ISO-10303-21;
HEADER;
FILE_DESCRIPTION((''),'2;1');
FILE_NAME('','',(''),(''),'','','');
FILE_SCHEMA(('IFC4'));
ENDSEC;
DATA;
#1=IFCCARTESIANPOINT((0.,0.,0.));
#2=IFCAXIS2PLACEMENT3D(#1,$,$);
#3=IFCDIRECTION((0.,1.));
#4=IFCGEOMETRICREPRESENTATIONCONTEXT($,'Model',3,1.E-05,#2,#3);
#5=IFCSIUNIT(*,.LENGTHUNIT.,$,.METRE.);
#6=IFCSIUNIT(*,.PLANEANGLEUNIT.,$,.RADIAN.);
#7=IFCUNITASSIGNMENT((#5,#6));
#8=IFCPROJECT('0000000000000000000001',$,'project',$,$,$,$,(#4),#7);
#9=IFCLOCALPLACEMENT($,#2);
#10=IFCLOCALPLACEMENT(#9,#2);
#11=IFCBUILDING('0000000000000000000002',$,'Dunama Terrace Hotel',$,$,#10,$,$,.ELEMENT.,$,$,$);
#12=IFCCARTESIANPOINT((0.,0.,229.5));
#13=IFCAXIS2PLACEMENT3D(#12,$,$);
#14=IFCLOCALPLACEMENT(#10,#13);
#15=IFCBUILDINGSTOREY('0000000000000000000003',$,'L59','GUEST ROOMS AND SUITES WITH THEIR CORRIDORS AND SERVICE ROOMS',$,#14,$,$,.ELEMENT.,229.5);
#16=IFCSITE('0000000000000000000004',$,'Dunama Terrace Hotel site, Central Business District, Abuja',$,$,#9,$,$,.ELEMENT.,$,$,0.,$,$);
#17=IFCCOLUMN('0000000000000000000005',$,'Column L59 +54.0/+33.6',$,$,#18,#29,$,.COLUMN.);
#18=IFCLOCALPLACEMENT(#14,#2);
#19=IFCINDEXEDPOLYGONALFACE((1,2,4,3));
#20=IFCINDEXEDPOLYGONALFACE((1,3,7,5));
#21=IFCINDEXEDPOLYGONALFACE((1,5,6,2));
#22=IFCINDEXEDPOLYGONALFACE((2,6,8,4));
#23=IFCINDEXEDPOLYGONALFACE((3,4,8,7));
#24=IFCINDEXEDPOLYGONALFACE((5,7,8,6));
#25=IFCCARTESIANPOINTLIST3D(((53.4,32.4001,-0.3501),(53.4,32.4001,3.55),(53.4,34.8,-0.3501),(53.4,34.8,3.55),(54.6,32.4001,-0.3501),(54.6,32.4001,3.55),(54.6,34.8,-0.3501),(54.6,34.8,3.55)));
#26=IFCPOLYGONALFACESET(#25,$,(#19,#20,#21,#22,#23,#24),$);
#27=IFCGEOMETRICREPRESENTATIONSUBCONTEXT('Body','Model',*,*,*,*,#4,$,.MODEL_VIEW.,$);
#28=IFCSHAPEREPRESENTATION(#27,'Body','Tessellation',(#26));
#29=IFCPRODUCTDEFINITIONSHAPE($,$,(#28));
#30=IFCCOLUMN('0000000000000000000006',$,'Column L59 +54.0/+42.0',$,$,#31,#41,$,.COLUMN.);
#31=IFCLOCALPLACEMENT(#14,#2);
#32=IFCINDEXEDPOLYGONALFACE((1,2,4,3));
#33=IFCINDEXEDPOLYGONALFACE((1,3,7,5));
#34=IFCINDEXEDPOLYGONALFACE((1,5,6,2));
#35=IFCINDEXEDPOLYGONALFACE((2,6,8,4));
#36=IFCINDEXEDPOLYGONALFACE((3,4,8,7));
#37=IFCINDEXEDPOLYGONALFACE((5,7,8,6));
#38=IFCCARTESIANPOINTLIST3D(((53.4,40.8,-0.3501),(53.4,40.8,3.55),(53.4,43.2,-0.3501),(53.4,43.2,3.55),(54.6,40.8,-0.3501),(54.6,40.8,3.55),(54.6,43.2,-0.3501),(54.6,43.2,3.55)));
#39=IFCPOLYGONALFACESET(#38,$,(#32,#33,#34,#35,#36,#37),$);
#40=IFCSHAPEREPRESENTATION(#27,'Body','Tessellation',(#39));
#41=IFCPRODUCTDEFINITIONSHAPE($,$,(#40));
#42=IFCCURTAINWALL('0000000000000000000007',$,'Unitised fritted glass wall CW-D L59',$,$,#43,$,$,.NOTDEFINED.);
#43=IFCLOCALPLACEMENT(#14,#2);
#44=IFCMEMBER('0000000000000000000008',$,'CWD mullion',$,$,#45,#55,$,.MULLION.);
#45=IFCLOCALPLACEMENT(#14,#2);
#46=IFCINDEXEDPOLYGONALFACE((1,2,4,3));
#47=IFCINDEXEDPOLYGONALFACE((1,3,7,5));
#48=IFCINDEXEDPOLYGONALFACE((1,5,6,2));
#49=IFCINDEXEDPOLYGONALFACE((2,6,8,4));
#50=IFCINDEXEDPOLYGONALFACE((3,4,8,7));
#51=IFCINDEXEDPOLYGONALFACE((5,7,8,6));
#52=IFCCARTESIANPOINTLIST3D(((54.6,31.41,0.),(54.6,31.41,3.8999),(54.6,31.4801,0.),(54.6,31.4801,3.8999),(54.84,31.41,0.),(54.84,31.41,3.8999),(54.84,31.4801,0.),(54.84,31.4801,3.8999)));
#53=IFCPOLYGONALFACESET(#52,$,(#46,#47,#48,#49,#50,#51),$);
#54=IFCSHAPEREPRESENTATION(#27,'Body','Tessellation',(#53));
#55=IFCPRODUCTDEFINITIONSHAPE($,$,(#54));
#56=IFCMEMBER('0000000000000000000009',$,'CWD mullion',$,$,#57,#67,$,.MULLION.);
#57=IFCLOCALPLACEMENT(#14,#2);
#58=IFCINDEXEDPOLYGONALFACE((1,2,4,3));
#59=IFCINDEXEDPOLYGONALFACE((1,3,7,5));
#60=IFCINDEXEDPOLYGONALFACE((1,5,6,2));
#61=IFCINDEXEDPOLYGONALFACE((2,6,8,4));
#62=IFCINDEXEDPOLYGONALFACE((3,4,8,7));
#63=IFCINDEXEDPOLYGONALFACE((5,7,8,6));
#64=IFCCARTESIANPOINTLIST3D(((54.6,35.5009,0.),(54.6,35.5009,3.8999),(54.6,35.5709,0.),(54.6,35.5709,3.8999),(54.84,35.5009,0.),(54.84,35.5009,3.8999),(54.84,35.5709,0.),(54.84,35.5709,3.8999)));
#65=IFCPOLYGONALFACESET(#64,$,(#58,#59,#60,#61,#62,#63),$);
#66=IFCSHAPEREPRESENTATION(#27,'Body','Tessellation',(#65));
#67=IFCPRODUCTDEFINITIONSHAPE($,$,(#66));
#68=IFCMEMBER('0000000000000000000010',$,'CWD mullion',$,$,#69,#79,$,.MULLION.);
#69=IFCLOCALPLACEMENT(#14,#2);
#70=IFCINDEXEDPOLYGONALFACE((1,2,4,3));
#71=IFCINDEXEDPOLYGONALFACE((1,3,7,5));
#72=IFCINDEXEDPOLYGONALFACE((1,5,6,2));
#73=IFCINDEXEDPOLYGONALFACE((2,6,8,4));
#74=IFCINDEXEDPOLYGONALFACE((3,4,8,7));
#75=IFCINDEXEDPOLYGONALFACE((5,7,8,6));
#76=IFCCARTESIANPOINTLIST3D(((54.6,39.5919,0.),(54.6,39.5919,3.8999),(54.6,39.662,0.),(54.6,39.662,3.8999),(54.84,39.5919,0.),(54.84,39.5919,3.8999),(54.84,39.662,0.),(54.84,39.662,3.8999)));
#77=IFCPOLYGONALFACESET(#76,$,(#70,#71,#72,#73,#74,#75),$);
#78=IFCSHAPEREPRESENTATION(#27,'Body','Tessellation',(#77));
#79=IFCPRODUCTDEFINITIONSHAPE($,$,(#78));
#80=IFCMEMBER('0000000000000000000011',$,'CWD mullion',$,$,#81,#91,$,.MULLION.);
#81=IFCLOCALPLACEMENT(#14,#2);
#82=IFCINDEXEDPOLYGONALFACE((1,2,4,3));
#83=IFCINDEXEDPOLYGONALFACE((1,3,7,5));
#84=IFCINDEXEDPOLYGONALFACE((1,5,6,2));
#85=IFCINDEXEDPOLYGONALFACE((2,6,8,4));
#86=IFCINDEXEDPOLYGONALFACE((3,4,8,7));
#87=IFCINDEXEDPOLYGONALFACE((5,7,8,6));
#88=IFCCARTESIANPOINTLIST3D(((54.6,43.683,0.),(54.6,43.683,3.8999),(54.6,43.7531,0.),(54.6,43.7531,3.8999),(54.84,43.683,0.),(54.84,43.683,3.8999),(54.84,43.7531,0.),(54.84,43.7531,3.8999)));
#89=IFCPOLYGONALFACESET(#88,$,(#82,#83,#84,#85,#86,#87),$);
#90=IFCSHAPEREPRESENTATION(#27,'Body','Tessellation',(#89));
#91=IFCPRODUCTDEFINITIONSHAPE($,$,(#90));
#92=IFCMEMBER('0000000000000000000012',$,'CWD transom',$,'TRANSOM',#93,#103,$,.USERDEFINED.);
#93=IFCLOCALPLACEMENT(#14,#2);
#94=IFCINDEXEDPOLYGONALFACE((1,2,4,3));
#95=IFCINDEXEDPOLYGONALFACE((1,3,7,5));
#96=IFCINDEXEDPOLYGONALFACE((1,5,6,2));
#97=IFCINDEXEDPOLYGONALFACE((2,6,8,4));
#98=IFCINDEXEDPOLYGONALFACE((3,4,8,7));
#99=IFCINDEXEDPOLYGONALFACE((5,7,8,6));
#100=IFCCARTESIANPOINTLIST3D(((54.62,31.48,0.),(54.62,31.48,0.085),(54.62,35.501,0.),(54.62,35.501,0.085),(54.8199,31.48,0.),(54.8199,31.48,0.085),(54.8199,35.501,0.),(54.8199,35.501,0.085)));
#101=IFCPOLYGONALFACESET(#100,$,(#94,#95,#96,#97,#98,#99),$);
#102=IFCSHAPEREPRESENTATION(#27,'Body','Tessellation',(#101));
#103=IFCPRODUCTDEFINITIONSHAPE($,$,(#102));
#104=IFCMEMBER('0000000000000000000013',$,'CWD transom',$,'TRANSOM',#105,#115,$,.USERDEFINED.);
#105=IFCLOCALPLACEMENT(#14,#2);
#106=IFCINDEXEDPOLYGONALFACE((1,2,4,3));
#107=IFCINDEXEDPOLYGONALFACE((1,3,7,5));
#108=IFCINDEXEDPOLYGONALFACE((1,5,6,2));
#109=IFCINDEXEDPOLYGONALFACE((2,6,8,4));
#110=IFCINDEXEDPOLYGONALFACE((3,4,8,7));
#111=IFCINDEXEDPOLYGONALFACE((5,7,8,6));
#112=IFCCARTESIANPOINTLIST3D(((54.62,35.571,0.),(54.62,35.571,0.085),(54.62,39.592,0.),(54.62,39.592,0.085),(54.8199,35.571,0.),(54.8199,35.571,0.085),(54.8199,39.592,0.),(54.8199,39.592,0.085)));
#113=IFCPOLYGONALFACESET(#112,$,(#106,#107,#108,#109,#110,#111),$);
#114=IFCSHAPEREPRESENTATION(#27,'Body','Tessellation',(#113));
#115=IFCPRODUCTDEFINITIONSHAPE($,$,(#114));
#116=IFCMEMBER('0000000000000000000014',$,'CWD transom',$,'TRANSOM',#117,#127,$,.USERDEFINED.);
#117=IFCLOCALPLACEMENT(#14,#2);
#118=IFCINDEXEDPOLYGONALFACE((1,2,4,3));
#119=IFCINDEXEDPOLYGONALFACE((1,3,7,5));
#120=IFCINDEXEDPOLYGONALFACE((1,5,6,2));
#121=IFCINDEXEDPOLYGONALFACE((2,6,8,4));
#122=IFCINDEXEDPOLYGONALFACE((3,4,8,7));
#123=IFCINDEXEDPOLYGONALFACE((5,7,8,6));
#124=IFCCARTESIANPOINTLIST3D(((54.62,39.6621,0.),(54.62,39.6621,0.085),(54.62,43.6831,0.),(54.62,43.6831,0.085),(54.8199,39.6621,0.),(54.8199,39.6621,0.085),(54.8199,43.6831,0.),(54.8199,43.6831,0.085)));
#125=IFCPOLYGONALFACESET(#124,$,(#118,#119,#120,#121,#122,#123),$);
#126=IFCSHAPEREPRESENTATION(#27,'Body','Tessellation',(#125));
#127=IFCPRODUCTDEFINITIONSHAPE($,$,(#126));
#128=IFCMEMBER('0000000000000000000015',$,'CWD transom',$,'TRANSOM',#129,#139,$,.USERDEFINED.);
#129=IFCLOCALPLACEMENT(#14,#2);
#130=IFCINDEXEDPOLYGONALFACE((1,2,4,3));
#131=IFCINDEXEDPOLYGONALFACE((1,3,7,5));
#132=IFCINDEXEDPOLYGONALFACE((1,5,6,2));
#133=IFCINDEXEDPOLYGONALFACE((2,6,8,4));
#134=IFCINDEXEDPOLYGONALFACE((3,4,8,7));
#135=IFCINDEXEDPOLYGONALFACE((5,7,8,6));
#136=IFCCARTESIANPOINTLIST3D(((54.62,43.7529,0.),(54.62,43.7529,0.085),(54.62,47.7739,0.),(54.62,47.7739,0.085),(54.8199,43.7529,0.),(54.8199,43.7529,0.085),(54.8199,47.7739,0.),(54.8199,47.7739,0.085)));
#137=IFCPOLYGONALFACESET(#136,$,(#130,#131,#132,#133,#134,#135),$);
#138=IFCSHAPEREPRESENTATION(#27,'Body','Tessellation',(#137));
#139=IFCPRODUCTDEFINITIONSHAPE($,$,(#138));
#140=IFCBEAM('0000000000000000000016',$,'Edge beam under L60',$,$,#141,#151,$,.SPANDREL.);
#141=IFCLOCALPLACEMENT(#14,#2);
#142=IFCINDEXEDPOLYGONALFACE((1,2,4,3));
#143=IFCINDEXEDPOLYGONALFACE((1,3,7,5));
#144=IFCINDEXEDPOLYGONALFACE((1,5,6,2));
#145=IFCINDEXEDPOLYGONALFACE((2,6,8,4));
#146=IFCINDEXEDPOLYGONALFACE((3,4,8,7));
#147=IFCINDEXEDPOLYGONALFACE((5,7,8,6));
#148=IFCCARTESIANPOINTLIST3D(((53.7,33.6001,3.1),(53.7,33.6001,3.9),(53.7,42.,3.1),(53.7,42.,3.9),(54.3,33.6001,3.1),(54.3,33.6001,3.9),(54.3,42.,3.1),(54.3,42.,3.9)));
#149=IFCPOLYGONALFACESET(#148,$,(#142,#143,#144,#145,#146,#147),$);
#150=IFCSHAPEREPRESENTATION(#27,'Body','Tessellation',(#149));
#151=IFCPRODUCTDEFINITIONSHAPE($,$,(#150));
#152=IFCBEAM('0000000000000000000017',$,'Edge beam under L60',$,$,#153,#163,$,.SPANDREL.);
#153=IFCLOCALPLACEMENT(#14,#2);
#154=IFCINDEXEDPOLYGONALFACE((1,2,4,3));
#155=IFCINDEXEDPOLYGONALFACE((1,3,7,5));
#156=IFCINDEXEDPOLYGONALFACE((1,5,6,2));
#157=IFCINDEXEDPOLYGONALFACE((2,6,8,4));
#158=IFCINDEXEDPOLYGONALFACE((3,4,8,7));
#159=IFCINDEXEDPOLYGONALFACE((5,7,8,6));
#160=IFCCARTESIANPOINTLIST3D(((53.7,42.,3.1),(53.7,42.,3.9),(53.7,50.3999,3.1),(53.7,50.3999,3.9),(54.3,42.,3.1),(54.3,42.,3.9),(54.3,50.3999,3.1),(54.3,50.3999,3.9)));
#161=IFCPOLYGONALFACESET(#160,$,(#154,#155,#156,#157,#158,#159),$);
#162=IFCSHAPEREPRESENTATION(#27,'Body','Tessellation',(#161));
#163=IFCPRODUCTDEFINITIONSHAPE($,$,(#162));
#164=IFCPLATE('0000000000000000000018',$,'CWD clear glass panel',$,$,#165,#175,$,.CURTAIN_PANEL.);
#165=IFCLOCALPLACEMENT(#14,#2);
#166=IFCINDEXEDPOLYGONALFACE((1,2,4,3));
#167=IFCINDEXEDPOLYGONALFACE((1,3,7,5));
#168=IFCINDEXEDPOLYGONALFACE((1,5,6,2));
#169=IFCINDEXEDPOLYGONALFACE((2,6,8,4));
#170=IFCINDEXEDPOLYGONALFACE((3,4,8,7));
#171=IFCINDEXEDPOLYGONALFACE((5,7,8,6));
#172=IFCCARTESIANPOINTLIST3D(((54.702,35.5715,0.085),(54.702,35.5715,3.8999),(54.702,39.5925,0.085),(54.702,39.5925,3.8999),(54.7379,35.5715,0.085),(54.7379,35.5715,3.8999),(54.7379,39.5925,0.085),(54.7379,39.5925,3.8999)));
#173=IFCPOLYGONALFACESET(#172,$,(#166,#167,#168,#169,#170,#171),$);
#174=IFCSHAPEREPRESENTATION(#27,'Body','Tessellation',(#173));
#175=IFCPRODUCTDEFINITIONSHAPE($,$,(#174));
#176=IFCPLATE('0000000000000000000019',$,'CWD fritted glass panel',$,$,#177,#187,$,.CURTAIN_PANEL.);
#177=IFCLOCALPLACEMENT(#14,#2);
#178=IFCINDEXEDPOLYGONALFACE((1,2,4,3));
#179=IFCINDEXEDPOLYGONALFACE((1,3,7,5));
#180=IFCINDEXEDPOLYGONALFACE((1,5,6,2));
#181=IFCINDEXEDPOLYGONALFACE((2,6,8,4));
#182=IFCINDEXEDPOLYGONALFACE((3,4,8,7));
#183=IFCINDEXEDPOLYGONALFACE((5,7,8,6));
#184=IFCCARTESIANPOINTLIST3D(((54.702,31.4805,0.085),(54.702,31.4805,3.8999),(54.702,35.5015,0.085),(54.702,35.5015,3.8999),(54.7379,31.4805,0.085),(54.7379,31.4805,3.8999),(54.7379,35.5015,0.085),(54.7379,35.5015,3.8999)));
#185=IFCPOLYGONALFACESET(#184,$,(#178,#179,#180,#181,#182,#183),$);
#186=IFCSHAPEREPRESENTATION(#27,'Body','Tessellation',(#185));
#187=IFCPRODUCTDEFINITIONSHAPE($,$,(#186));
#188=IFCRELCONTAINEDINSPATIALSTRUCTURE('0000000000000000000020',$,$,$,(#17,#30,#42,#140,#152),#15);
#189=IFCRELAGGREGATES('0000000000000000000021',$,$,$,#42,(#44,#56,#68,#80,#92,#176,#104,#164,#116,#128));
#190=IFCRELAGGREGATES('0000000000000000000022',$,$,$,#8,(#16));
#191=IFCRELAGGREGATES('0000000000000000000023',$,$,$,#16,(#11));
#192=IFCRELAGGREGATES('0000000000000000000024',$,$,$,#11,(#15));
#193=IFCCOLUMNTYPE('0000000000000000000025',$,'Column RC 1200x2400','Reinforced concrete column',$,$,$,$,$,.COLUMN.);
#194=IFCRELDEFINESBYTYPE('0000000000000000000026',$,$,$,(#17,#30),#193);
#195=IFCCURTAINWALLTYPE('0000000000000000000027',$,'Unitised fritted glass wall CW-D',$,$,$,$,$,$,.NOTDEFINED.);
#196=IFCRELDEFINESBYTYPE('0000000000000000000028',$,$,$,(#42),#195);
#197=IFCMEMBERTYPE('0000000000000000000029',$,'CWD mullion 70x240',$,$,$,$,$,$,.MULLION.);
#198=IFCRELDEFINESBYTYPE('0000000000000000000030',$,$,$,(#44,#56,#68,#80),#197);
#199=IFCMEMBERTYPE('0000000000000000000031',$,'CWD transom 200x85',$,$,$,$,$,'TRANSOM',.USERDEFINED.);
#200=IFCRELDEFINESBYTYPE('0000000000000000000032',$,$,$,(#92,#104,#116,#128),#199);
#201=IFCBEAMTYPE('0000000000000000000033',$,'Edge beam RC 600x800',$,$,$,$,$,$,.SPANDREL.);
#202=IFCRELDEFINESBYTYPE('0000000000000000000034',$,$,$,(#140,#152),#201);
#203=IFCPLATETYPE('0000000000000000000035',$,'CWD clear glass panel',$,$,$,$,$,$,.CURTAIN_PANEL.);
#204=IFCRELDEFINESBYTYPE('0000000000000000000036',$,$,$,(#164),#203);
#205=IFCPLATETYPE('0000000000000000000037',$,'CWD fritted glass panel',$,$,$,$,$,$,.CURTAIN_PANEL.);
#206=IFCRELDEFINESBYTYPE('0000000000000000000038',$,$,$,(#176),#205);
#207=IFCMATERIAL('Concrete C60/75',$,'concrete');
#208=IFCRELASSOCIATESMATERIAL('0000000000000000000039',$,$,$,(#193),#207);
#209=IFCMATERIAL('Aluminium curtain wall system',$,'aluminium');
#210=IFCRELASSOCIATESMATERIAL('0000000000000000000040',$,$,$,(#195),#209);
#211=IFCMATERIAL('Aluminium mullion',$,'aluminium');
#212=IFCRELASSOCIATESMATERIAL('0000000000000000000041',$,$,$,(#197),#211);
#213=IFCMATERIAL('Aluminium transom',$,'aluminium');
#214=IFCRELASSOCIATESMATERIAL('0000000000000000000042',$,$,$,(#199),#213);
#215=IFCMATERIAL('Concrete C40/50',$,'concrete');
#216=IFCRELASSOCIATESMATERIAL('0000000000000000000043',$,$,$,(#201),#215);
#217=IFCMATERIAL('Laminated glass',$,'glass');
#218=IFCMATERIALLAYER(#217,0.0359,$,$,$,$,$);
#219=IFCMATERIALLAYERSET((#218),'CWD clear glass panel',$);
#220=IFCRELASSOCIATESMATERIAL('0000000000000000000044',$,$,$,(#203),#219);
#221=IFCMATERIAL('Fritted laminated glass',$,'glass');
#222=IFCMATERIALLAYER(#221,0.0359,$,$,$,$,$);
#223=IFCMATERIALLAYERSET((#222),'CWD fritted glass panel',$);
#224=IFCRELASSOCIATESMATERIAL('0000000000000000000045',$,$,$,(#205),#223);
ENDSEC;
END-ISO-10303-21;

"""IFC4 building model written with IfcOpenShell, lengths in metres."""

from ifc_helpers import new_model, si_unit, direction, frame, origin, origin_2d, place, context, subcontext, project, spatial, rectangle, extrude, material, layer, layer_set, material_profile, profile_set, type_object, element, aggregate, save


model = new_model("IFC4")

# Units and contexts
model_context = context("Model", 3, precision=1e-05, world=origin(), true_north=direction((0.0, 1.0)))
body_context = subcontext(model_context, "Body", "Model", "MODEL_VIEW")
ifc_project = project(units=[si_unit("LENGTHUNIT", "METRE"), si_unit("PLANEANGLEUNIT", "RADIAN")], contexts=[model_context])

# Site, building, storey
site_placement = place(None, origin())
site = spatial("IfcSite", under=ifc_project, at=site_placement, Name="Dunama Terrace Hotel site, Central Business District, Abuja", CompositionType="ELEMENT", RefElevation=0.0)
building_placement = place(site_placement, origin())
building = spatial("IfcBuilding", under=site, at=building_placement, Name="Dunama Terrace Hotel", CompositionType="ELEMENT")
storey_placement = place(building_placement, frame((0.0, 0.0, 229.5)))
storey = spatial("IfcBuildingStorey", under=building, at=storey_placement, Name="L59", Description="GUEST ROOMS AND SUITES WITH THEIR CORRIDORS AND SERVICE ROOMS", CompositionType="ELEMENT", Elevation=229.5)

# Columns
ifc_material_1 = material(Name="Concrete C60/75", Category="concrete")
ifc_material_profile_1 = material_profile(ifc_material_1, rectangle(XDim=1.2, YDim=2.3999, at=origin_2d()), Name="RC 1200x2400")
ifc_profile_set_1 = profile_set([ifc_material_profile_1], Name="Concrete C60/75")
column_type = type_object("IfcColumnType", Name="Column RC 1200x2400", Description="Reinforced concrete column", PredefinedType="COLUMN", material=ifc_profile_set_1)
for number, where, z_axis, x_axis, name in (
    (1, (54.0, 33.6001, -0.3501), (0.0, 0.0, 1.0), (1.0, 0.0, 0.0), "Column L59 +54.0/+33.6"),
    (2, (54.0, 42.0, -0.3501), (0.0, 0.0, 1.0), (1.0, 0.0, 0.0), "Column L59 +54.0/+42.0"),
):
    element("IfcColumn", number, at=place(storey_placement, frame(where, z_axis=z_axis, x_axis=x_axis)), inside=storey, type_object=column_type, Name=name, PredefinedType="COLUMN", context=body_context, shape_type="SweptSolid", body=[
        extrude(rectangle(XDim=1.2, YDim=2.3999, at=origin_2d()), origin(), (0.0, 0.0, 1.0), 3.9001),
    ])

# Curtain wall, members
ifc_material_2 = material(Name="Aluminium curtain wall system", Category="aluminium")
curtain_wall_type = type_object("IfcCurtainWallType", Name="Unitised fritted glass wall CW-D", PredefinedType="NOTDEFINED", material=ifc_material_2)
curtain_wall_placement = place(storey_placement, origin())
curtain_wall = element("IfcCurtainWall", 3, at=curtain_wall_placement, inside=storey, type_object=curtain_wall_type, Name="Unitised fritted glass wall CW-D L59", PredefinedType="NOTDEFINED")
ifc_material_3 = material(Name="Aluminium mullion", Category="aluminium")
ifc_material_profile_2 = material_profile(ifc_material_3, rectangle(XDim=0.0701, YDim=0.24, at=origin_2d()), Name="CWD MULLION 70X240")
ifc_profile_set_2 = profile_set([ifc_material_profile_2], Name="Aluminium mullion")
member_type_1 = type_object("IfcMemberType", Name="CWD mullion 70x240", PredefinedType="MULLION", material=ifc_profile_set_2)
member_1_placement = place(storey_placement, frame((54.72, 31.4451, 0.0), z_axis=(0.0, 0.0, 1.0), x_axis=(0.0, 1.0, 0.0)))
member_1 = element("IfcMember", 4, at=member_1_placement, type_object=member_type_1, Name="CWD mullion", PredefinedType="MULLION", context=body_context, shape_type="SweptSolid", body=[
    extrude(rectangle(XDim=0.0701, YDim=0.24, at=origin_2d()), origin(), (0.0, 0.0, 1.0), 3.8999),
])
member_2_placement = place(storey_placement, frame((54.72, 35.5359, 0.0), z_axis=(0.0, 0.0, 1.0), x_axis=(0.0, 1.0, 0.0)))
member_2 = element("IfcMember", 5, at=member_2_placement, type_object=member_type_1, Name="CWD mullion", PredefinedType="MULLION", context=body_context, shape_type="SweptSolid", body=[
    extrude(rectangle(XDim=0.0701, YDim=0.24, at=origin_2d()), origin(), (0.0, 0.0, 1.0), 3.8999),
])
member_3_placement = place(storey_placement, frame((54.72, 39.627, 0.0), z_axis=(0.0, 0.0, 1.0), x_axis=(0.0, 1.0, 0.0)))
member_3 = element("IfcMember", 6, at=member_3_placement, type_object=member_type_1, Name="CWD mullion", PredefinedType="MULLION", context=body_context, shape_type="SweptSolid", body=[
    extrude(rectangle(XDim=0.0701, YDim=0.24, at=origin_2d()), origin(), (0.0, 0.0, 1.0), 3.8999),
])
member_4_placement = place(storey_placement, frame((54.72, 43.718, 0.0), z_axis=(0.0, 0.0, 1.0), x_axis=(0.0, 1.0, 0.0)))
member_4 = element("IfcMember", 7, at=member_4_placement, type_object=member_type_1, Name="CWD mullion", PredefinedType="MULLION", context=body_context, shape_type="SweptSolid", body=[
    extrude(rectangle(XDim=0.0701, YDim=0.24, at=origin_2d()), origin(), (0.0, 0.0, 1.0), 3.8999),
])
ifc_material_4 = material(Name="Aluminium transom", Category="aluminium")
ifc_material_profile_3 = material_profile(ifc_material_4, rectangle(XDim=0.2, YDim=0.085, at=origin_2d()), Name="CWD TRANSOM 200X85")
ifc_profile_set_3 = profile_set([ifc_material_profile_3], Name="Aluminium transom")
member_type_2 = type_object("IfcMemberType", Name="CWD transom 200x85", ElementType="TRANSOM", PredefinedType="USERDEFINED", material=ifc_profile_set_3)
member_5_placement = place(storey_placement, frame((54.72, 31.48, 0.0425), z_axis=(0.0, 1.0, 0.0), x_axis=(-1.0, 0.0, 0.0)))
member_5 = element("IfcMember", 8, at=member_5_placement, type_object=member_type_2, Name="CWD transom", ObjectType="TRANSOM", PredefinedType="USERDEFINED", context=body_context, shape_type="SweptSolid", body=[
    extrude(rectangle(XDim=0.2, YDim=0.085, at=origin_2d()), origin(), (0.0, 0.0, 1.0), 4.021),
])
member_6_placement = place(storey_placement, frame((54.72, 35.571, 0.0425), z_axis=(0.0, 1.0, 0.0), x_axis=(-1.0, 0.0, 0.0)))
member_6 = element("IfcMember", 9, at=member_6_placement, type_object=member_type_2, Name="CWD transom", ObjectType="TRANSOM", PredefinedType="USERDEFINED", context=body_context, shape_type="SweptSolid", body=[
    extrude(rectangle(XDim=0.2, YDim=0.085, at=origin_2d()), origin(), (0.0, 0.0, 1.0), 4.021),
])
member_7_placement = place(storey_placement, frame((54.72, 39.6621, 0.0425), z_axis=(0.0, 1.0, 0.0), x_axis=(-1.0, 0.0, 0.0)))
member_7 = element("IfcMember", 10, at=member_7_placement, type_object=member_type_2, Name="CWD transom", ObjectType="TRANSOM", PredefinedType="USERDEFINED", context=body_context, shape_type="SweptSolid", body=[
    extrude(rectangle(XDim=0.2, YDim=0.085, at=origin_2d()), origin(), (0.0, 0.0, 1.0), 4.021),
])
member_8_placement = place(storey_placement, frame((54.72, 43.7529, 0.0425), z_axis=(0.0, 1.0, 0.0), x_axis=(-1.0, 0.0, 0.0)))
member_8 = element("IfcMember", 11, at=member_8_placement, type_object=member_type_2, Name="CWD transom", ObjectType="TRANSOM", PredefinedType="USERDEFINED", context=body_context, shape_type="SweptSolid", body=[
    extrude(rectangle(XDim=0.2, YDim=0.085, at=origin_2d()), origin(), (0.0, 0.0, 1.0), 4.021),
])

# Beams
ifc_material_5 = material(Name="Concrete C40/50", Category="concrete")
ifc_material_profile_4 = material_profile(ifc_material_5, rectangle(XDim=0.6001, YDim=0.8, at=origin_2d()), Name="RC 600x800")
ifc_profile_set_4 = profile_set([ifc_material_profile_4], Name="Concrete C40/50")
beam_type = type_object("IfcBeamType", Name="Edge beam RC 600x800", PredefinedType="SPANDREL", material=ifc_profile_set_4)
for number, where, z_axis, x_axis, name in (
    (12, (54.0, 33.6001, 3.5), (0.0, 1.0, 0.0), (-1.0, 0.0, 0.0), "Edge beam under L60"),
    (13, (54.0, 42.0, 3.5), (0.0, 1.0, 0.0), (-1.0, 0.0, 0.0), "Edge beam under L60"),
):
    element("IfcBeam", number, at=place(storey_placement, frame(where, z_axis=z_axis, x_axis=x_axis)), inside=storey, type_object=beam_type, Name=name, PredefinedType="SPANDREL", context=body_context, shape_type="SweptSolid", body=[
        extrude(rectangle(XDim=0.6001, YDim=0.8, at=origin_2d()), origin(), (0.0, 0.0, 1.0), 8.3999),
    ])

# Plates
ifc_material_6 = material(Name="Laminated glass", Category="glass")
ifc_layer_1 = layer(ifc_material_6, 0.0359)
ifc_layer_set_1 = layer_set([ifc_layer_1], Name="CWD clear glass panel")
plate_type_1 = type_object("IfcPlateType", Name="CWD clear glass panel", PredefinedType="CURTAIN_PANEL", material=ifc_layer_set_1)
plate_1_placement = place(storey_placement, frame((54.72, 37.582, 0.085), z_axis=(0.0, 0.0, 1.0), x_axis=(0.0, 1.0, 0.0)))
plate_1 = element("IfcPlate", 14, at=plate_1_placement, type_object=plate_type_1, Name="CWD clear glass panel", PredefinedType="CURTAIN_PANEL", context=body_context, shape_type="SweptSolid", body=[
    extrude(rectangle(XDim=4.021, YDim=0.0359, at=origin_2d()), origin(), (0.0, 0.0, 1.0), 3.8149),
])
ifc_material_7 = material(Name="Fritted laminated glass", Category="glass")
ifc_layer_2 = layer(ifc_material_7, 0.0359)
ifc_layer_set_2 = layer_set([ifc_layer_2], Name="CWD fritted glass panel")
plate_type_2 = type_object("IfcPlateType", Name="CWD fritted glass panel", PredefinedType="CURTAIN_PANEL", material=ifc_layer_set_2)
plate_2_placement = place(storey_placement, frame((54.72, 33.491, 0.085), z_axis=(0.0, 0.0, 1.0), x_axis=(0.0, 1.0, 0.0)))
plate_2 = element("IfcPlate", 15, at=plate_2_placement, type_object=plate_type_2, Name="CWD fritted glass panel", PredefinedType="CURTAIN_PANEL", context=body_context, shape_type="SweptSolid", body=[
    extrude(rectangle(XDim=4.021, YDim=0.0359, at=origin_2d()), origin(), (0.0, 0.0, 1.0), 3.8149),
])
aggregate(curtain_wall, [member_1, member_2, member_3, member_4, member_5, plate_2, member_6, plate_1, member_7, member_8])

save(model, "model.ifc")
